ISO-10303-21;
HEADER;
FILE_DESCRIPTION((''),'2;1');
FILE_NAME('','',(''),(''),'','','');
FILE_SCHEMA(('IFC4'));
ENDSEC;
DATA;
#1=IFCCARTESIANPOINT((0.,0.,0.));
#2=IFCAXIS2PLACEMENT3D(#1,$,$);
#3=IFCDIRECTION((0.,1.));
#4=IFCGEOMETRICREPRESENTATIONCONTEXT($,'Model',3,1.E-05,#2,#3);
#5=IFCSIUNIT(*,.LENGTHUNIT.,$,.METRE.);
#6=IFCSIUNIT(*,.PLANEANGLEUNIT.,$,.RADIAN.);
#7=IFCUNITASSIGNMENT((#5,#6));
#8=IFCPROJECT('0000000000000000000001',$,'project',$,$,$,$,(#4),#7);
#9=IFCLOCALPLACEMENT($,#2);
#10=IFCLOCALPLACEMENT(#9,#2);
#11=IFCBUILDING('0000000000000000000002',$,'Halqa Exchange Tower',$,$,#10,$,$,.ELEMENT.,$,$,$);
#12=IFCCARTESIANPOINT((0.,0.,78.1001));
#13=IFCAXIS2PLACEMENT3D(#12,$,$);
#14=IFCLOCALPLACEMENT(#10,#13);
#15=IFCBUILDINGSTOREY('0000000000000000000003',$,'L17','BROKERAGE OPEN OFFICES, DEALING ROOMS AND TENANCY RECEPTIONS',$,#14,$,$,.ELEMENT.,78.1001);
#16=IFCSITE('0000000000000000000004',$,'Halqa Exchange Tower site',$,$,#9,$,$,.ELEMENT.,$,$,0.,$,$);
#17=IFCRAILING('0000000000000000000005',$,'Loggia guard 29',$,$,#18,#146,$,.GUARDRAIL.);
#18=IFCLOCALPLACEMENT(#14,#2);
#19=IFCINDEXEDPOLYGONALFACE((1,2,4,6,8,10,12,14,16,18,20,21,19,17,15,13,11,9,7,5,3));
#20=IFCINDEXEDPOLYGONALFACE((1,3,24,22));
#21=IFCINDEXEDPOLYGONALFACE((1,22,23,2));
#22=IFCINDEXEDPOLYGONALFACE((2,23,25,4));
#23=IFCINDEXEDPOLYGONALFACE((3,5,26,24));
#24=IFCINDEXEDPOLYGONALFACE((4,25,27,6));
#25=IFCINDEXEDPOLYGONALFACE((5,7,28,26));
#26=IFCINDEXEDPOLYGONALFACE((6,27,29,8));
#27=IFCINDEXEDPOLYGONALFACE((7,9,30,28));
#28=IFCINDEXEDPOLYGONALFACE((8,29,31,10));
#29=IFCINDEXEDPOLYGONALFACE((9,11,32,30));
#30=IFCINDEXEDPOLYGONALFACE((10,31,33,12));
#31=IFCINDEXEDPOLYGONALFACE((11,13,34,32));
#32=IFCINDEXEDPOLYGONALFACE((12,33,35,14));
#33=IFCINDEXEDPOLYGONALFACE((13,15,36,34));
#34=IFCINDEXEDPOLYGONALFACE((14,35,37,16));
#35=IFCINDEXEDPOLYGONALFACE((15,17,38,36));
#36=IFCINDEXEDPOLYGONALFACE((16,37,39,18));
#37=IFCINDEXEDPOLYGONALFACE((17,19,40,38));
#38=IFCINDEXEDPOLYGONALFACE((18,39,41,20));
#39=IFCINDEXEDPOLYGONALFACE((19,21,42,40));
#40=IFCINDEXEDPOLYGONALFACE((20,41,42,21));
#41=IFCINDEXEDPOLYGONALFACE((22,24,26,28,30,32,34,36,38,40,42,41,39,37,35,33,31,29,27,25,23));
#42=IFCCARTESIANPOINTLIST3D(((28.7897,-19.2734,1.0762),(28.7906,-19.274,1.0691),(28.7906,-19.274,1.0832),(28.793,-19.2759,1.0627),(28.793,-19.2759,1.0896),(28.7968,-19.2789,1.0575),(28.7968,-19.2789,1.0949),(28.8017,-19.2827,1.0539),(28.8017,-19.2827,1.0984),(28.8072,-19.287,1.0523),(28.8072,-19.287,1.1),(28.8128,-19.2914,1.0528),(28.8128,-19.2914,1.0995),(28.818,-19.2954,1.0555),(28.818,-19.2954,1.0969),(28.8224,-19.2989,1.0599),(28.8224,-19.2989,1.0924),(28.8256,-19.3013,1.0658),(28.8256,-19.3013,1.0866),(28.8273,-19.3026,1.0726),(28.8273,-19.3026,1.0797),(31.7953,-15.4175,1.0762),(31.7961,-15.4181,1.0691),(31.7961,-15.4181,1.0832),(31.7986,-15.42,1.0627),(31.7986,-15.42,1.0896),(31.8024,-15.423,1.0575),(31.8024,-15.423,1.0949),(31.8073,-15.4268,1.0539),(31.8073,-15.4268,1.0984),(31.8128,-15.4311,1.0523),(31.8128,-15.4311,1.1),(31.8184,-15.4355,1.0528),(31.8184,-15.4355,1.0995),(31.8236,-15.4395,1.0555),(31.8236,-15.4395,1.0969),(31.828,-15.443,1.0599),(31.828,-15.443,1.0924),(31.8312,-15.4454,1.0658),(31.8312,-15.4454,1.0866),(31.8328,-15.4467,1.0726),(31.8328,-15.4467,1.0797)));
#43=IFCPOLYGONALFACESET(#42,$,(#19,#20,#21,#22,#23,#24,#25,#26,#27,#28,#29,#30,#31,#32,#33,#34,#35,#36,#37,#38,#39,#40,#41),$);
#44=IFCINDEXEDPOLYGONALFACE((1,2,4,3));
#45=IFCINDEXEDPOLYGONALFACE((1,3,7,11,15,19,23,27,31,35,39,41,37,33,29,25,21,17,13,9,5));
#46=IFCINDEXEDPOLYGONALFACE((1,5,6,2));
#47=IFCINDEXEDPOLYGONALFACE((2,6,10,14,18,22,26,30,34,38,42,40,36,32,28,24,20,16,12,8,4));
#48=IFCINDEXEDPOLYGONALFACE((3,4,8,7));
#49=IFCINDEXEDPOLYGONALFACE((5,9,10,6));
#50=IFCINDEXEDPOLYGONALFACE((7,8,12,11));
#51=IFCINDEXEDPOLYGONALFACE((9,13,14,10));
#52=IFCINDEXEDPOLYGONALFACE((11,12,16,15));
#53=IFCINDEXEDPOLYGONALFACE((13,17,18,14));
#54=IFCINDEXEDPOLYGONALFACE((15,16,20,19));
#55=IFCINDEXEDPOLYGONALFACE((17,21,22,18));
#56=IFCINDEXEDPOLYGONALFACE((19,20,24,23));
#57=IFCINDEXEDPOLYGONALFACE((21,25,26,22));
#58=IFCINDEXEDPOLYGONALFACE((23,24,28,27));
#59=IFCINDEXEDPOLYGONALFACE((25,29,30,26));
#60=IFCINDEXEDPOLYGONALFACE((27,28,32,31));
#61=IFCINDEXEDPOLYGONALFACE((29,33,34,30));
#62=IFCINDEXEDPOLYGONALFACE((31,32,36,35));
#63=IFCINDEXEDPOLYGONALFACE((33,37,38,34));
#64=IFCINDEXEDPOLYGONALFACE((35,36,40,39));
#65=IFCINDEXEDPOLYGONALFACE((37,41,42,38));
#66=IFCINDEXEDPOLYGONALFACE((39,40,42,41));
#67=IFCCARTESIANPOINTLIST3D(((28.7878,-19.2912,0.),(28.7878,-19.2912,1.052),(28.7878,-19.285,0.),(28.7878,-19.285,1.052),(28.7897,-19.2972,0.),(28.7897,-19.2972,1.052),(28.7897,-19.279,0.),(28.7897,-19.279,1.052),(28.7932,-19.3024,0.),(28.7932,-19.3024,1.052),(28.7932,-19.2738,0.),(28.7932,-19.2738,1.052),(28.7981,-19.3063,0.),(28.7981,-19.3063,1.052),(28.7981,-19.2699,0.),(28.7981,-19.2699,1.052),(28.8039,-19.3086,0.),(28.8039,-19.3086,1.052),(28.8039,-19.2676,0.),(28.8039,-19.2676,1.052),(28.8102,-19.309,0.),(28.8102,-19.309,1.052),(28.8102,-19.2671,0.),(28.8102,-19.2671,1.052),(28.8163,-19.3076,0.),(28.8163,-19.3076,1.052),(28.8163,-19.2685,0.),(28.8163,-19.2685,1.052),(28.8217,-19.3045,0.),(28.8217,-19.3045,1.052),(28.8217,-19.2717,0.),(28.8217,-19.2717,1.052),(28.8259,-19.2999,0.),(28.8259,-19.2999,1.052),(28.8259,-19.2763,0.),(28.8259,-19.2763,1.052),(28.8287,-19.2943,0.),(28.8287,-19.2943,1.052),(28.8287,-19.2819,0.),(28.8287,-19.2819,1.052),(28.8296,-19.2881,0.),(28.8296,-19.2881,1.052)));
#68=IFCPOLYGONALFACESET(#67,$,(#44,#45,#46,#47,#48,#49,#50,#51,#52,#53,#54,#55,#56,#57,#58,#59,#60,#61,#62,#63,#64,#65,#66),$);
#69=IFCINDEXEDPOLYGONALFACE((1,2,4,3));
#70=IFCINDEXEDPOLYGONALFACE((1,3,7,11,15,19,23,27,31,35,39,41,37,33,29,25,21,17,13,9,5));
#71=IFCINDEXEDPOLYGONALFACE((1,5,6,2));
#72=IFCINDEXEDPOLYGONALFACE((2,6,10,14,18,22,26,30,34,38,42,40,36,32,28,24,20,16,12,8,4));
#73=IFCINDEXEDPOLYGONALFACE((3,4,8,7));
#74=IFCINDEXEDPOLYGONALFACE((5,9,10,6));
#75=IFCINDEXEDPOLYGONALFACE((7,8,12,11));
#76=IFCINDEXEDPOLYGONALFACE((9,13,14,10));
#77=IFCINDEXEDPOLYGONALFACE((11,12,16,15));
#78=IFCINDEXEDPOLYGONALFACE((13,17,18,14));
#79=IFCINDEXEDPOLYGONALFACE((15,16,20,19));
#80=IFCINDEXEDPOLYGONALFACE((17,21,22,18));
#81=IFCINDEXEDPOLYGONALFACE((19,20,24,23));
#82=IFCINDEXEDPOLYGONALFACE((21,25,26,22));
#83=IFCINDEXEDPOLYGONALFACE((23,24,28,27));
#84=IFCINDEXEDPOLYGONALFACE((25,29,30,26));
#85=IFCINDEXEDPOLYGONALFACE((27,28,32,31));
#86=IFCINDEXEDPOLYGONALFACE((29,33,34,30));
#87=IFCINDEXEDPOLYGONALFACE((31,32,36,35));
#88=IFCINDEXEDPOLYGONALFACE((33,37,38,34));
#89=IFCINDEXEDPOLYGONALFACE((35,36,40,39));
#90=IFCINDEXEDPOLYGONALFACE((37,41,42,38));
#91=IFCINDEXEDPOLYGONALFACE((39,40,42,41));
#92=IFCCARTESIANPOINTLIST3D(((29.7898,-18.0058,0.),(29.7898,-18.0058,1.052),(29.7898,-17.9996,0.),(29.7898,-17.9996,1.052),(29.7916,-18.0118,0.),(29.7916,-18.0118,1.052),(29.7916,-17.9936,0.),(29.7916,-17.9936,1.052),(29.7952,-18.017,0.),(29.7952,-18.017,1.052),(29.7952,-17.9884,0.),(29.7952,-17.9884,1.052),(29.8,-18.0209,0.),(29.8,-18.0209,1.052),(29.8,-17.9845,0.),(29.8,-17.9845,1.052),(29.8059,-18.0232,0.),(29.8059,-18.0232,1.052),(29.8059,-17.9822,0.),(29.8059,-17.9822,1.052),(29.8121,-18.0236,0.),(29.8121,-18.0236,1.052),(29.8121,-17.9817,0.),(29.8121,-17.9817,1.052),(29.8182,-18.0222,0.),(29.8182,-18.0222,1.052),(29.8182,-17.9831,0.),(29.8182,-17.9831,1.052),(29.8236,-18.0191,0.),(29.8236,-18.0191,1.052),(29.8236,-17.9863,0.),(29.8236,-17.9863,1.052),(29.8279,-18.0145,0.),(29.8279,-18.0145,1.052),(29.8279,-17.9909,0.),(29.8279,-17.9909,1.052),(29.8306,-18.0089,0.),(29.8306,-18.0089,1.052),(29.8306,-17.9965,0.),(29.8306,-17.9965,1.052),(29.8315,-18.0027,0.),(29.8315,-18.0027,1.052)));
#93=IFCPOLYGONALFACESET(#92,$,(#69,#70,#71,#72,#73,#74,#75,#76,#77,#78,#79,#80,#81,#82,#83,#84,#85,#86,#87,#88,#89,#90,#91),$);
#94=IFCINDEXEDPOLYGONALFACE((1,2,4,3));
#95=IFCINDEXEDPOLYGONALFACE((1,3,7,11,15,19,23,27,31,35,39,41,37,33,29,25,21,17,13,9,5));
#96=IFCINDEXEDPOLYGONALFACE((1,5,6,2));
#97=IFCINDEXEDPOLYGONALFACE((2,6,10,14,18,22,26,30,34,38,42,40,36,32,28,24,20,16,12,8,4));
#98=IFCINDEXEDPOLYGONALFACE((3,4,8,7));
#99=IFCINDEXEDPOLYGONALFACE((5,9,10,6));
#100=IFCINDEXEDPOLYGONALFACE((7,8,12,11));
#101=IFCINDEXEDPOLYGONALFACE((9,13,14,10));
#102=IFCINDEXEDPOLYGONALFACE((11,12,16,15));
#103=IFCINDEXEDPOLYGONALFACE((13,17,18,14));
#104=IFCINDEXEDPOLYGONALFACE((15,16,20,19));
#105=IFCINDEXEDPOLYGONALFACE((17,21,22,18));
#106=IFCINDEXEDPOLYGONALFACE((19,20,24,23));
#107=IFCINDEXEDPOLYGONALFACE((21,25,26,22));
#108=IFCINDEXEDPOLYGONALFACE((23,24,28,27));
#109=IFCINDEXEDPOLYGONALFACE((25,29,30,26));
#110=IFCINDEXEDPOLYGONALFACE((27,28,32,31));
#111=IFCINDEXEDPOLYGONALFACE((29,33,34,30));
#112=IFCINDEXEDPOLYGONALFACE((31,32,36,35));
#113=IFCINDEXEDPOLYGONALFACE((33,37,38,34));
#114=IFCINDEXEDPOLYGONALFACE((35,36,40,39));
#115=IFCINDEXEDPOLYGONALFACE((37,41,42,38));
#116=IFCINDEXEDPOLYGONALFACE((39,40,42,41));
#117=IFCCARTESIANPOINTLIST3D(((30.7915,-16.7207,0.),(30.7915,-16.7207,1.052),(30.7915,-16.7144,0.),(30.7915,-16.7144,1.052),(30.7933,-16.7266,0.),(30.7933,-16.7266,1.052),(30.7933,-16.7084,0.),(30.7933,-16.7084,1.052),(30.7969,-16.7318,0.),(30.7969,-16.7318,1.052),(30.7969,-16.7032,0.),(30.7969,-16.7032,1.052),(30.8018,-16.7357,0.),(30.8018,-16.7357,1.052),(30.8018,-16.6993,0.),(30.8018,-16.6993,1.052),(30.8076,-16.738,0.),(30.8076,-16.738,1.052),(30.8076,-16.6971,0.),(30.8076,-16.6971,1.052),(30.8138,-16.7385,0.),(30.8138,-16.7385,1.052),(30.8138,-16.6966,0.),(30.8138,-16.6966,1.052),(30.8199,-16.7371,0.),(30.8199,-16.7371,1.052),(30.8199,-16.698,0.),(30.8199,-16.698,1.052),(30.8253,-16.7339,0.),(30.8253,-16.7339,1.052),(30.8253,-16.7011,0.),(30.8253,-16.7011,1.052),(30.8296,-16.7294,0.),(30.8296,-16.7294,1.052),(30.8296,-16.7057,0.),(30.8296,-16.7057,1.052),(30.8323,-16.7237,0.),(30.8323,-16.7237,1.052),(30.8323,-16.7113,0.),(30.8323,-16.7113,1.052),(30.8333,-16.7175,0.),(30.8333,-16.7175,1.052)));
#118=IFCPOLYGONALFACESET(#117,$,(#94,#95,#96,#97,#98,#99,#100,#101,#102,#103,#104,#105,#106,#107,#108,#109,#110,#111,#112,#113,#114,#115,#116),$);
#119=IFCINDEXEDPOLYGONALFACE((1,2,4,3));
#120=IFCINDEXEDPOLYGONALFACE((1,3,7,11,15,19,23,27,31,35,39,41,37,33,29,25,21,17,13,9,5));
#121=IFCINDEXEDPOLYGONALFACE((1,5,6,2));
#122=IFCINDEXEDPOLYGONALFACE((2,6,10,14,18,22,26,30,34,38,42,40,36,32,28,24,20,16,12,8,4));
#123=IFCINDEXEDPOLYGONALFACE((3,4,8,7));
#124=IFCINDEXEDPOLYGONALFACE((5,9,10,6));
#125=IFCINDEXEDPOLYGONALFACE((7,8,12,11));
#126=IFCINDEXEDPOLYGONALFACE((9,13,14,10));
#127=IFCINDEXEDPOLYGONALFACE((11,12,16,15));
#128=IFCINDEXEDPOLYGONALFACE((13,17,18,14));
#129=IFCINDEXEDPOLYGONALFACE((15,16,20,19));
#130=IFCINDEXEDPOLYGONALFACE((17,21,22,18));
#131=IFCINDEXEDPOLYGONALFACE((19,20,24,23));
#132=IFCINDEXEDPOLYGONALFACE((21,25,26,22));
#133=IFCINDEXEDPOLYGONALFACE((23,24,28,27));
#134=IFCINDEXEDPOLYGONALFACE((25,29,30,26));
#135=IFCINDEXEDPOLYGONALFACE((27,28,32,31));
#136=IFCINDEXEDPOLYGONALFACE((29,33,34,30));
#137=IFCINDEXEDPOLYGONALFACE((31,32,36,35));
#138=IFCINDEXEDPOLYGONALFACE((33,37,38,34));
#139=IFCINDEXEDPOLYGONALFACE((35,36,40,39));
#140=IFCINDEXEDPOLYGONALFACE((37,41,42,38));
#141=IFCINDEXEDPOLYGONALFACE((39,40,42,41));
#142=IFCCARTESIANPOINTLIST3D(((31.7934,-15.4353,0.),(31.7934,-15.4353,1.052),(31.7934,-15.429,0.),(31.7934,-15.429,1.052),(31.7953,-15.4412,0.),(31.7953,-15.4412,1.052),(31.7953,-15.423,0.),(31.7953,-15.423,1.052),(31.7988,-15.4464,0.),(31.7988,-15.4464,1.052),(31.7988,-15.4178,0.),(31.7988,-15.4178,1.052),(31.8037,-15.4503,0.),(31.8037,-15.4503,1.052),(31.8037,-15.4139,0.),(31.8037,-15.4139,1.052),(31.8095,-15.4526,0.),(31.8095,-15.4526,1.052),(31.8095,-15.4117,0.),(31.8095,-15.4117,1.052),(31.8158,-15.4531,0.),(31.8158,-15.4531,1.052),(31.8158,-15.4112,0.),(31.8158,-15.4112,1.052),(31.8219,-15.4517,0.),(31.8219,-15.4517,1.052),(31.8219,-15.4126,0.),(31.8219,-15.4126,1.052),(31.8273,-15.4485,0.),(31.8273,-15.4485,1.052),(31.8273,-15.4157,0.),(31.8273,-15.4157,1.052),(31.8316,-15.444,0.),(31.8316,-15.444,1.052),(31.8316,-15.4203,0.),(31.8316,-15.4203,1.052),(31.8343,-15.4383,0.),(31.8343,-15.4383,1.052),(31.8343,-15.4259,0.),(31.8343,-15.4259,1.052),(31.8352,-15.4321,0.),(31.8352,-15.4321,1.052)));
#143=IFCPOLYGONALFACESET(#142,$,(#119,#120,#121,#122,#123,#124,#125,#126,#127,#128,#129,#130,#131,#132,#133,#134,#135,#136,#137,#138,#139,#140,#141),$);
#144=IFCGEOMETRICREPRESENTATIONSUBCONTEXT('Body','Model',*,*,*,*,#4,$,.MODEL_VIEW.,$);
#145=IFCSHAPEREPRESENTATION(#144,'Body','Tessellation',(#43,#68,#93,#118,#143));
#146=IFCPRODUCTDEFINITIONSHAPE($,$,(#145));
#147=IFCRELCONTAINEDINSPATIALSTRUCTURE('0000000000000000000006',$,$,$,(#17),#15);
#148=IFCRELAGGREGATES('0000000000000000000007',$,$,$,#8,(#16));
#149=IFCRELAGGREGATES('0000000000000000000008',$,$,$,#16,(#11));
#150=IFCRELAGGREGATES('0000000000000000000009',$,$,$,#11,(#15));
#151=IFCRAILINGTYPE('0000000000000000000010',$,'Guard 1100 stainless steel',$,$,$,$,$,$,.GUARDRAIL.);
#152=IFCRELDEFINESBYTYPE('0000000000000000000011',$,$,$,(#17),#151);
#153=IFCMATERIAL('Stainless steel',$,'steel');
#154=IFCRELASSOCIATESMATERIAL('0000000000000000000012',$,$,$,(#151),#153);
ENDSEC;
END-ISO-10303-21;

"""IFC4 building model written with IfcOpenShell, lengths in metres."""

from ifc_helpers import new_model, si_unit, direction, frame, origin, origin_2d, place, context, subcontext, project, spatial, circle, extrude, material, type_object, element, save


model = new_model("IFC4")

# Units and contexts
model_context = context("Model", 3, precision=1e-05, world=origin(), true_north=direction((0.0, 1.0)))
body_context = subcontext(model_context, "Body", "Model", "MODEL_VIEW")
ifc_project = project(units=[si_unit("LENGTHUNIT", "METRE"), si_unit("PLANEANGLEUNIT", "RADIAN")], contexts=[model_context])

# Site, building, storey
site_placement = place(None, origin())
site = spatial("IfcSite", under=ifc_project, at=site_placement, Name="Halqa Exchange Tower site", CompositionType="ELEMENT", RefElevation=0.0)
building_placement = place(site_placement, origin())
building = spatial("IfcBuilding", under=site, at=building_placement, Name="Halqa Exchange Tower", CompositionType="ELEMENT")
storey_placement = place(building_placement, frame((0.0, 0.0, 78.1001)))
storey = spatial("IfcBuildingStorey", under=building, at=storey_placement, Name="L17", Description="BROKERAGE OPEN OFFICES, DEALING ROOMS AND TENANCY RECEPTIONS", CompositionType="ELEMENT", Elevation=78.1001)

# Railing
ifc_material_1 = material(Name="Stainless steel", Category="steel")
railing_type = type_object("IfcRailingType", Name="Guard 1100 stainless steel", PredefinedType="GUARDRAIL", material=ifc_material_1)
railing_1_placement = place(storey_placement, frame((28.8086, -19.2881, 0.0)))
element("IfcRailing", 1, at=railing_1_placement, inside=storey, type_object=railing_type, Name="Loggia guard 29", PredefinedType="GUARDRAIL", context=body_context, shape_type="SweptSolid", body=[
    extrude(circle(Radius=0.0239, at=origin_2d()), frame((0.0, 0.0, 1.0762), z_axis=(0.614773, 0.788704, 0.0), x_axis=(-0.788704, 0.614773, 0.0)), (0.0, 0.0, 1.0), 4.8889),
    extrude(circle(Radius=0.021, at=origin_2d()), origin(), (0.0, 0.0, 1.0), 1.052),
    extrude(circle(Radius=0.021, at=origin_2d()), frame((1.002, 1.2854, 0.0)), (0.0, 0.0, 1.0), 1.052),
    extrude(circle(Radius=0.021, at=origin_2d()), frame((2.0037, 2.5706, 0.0)), (0.0, 0.0, 1.0), 1.052),
    extrude(circle(Radius=0.021, at=origin_2d()), frame((3.0056, 3.856, 0.0)), (0.0, 0.0, 1.0), 1.052),
])

save(model, "model.ifc")
